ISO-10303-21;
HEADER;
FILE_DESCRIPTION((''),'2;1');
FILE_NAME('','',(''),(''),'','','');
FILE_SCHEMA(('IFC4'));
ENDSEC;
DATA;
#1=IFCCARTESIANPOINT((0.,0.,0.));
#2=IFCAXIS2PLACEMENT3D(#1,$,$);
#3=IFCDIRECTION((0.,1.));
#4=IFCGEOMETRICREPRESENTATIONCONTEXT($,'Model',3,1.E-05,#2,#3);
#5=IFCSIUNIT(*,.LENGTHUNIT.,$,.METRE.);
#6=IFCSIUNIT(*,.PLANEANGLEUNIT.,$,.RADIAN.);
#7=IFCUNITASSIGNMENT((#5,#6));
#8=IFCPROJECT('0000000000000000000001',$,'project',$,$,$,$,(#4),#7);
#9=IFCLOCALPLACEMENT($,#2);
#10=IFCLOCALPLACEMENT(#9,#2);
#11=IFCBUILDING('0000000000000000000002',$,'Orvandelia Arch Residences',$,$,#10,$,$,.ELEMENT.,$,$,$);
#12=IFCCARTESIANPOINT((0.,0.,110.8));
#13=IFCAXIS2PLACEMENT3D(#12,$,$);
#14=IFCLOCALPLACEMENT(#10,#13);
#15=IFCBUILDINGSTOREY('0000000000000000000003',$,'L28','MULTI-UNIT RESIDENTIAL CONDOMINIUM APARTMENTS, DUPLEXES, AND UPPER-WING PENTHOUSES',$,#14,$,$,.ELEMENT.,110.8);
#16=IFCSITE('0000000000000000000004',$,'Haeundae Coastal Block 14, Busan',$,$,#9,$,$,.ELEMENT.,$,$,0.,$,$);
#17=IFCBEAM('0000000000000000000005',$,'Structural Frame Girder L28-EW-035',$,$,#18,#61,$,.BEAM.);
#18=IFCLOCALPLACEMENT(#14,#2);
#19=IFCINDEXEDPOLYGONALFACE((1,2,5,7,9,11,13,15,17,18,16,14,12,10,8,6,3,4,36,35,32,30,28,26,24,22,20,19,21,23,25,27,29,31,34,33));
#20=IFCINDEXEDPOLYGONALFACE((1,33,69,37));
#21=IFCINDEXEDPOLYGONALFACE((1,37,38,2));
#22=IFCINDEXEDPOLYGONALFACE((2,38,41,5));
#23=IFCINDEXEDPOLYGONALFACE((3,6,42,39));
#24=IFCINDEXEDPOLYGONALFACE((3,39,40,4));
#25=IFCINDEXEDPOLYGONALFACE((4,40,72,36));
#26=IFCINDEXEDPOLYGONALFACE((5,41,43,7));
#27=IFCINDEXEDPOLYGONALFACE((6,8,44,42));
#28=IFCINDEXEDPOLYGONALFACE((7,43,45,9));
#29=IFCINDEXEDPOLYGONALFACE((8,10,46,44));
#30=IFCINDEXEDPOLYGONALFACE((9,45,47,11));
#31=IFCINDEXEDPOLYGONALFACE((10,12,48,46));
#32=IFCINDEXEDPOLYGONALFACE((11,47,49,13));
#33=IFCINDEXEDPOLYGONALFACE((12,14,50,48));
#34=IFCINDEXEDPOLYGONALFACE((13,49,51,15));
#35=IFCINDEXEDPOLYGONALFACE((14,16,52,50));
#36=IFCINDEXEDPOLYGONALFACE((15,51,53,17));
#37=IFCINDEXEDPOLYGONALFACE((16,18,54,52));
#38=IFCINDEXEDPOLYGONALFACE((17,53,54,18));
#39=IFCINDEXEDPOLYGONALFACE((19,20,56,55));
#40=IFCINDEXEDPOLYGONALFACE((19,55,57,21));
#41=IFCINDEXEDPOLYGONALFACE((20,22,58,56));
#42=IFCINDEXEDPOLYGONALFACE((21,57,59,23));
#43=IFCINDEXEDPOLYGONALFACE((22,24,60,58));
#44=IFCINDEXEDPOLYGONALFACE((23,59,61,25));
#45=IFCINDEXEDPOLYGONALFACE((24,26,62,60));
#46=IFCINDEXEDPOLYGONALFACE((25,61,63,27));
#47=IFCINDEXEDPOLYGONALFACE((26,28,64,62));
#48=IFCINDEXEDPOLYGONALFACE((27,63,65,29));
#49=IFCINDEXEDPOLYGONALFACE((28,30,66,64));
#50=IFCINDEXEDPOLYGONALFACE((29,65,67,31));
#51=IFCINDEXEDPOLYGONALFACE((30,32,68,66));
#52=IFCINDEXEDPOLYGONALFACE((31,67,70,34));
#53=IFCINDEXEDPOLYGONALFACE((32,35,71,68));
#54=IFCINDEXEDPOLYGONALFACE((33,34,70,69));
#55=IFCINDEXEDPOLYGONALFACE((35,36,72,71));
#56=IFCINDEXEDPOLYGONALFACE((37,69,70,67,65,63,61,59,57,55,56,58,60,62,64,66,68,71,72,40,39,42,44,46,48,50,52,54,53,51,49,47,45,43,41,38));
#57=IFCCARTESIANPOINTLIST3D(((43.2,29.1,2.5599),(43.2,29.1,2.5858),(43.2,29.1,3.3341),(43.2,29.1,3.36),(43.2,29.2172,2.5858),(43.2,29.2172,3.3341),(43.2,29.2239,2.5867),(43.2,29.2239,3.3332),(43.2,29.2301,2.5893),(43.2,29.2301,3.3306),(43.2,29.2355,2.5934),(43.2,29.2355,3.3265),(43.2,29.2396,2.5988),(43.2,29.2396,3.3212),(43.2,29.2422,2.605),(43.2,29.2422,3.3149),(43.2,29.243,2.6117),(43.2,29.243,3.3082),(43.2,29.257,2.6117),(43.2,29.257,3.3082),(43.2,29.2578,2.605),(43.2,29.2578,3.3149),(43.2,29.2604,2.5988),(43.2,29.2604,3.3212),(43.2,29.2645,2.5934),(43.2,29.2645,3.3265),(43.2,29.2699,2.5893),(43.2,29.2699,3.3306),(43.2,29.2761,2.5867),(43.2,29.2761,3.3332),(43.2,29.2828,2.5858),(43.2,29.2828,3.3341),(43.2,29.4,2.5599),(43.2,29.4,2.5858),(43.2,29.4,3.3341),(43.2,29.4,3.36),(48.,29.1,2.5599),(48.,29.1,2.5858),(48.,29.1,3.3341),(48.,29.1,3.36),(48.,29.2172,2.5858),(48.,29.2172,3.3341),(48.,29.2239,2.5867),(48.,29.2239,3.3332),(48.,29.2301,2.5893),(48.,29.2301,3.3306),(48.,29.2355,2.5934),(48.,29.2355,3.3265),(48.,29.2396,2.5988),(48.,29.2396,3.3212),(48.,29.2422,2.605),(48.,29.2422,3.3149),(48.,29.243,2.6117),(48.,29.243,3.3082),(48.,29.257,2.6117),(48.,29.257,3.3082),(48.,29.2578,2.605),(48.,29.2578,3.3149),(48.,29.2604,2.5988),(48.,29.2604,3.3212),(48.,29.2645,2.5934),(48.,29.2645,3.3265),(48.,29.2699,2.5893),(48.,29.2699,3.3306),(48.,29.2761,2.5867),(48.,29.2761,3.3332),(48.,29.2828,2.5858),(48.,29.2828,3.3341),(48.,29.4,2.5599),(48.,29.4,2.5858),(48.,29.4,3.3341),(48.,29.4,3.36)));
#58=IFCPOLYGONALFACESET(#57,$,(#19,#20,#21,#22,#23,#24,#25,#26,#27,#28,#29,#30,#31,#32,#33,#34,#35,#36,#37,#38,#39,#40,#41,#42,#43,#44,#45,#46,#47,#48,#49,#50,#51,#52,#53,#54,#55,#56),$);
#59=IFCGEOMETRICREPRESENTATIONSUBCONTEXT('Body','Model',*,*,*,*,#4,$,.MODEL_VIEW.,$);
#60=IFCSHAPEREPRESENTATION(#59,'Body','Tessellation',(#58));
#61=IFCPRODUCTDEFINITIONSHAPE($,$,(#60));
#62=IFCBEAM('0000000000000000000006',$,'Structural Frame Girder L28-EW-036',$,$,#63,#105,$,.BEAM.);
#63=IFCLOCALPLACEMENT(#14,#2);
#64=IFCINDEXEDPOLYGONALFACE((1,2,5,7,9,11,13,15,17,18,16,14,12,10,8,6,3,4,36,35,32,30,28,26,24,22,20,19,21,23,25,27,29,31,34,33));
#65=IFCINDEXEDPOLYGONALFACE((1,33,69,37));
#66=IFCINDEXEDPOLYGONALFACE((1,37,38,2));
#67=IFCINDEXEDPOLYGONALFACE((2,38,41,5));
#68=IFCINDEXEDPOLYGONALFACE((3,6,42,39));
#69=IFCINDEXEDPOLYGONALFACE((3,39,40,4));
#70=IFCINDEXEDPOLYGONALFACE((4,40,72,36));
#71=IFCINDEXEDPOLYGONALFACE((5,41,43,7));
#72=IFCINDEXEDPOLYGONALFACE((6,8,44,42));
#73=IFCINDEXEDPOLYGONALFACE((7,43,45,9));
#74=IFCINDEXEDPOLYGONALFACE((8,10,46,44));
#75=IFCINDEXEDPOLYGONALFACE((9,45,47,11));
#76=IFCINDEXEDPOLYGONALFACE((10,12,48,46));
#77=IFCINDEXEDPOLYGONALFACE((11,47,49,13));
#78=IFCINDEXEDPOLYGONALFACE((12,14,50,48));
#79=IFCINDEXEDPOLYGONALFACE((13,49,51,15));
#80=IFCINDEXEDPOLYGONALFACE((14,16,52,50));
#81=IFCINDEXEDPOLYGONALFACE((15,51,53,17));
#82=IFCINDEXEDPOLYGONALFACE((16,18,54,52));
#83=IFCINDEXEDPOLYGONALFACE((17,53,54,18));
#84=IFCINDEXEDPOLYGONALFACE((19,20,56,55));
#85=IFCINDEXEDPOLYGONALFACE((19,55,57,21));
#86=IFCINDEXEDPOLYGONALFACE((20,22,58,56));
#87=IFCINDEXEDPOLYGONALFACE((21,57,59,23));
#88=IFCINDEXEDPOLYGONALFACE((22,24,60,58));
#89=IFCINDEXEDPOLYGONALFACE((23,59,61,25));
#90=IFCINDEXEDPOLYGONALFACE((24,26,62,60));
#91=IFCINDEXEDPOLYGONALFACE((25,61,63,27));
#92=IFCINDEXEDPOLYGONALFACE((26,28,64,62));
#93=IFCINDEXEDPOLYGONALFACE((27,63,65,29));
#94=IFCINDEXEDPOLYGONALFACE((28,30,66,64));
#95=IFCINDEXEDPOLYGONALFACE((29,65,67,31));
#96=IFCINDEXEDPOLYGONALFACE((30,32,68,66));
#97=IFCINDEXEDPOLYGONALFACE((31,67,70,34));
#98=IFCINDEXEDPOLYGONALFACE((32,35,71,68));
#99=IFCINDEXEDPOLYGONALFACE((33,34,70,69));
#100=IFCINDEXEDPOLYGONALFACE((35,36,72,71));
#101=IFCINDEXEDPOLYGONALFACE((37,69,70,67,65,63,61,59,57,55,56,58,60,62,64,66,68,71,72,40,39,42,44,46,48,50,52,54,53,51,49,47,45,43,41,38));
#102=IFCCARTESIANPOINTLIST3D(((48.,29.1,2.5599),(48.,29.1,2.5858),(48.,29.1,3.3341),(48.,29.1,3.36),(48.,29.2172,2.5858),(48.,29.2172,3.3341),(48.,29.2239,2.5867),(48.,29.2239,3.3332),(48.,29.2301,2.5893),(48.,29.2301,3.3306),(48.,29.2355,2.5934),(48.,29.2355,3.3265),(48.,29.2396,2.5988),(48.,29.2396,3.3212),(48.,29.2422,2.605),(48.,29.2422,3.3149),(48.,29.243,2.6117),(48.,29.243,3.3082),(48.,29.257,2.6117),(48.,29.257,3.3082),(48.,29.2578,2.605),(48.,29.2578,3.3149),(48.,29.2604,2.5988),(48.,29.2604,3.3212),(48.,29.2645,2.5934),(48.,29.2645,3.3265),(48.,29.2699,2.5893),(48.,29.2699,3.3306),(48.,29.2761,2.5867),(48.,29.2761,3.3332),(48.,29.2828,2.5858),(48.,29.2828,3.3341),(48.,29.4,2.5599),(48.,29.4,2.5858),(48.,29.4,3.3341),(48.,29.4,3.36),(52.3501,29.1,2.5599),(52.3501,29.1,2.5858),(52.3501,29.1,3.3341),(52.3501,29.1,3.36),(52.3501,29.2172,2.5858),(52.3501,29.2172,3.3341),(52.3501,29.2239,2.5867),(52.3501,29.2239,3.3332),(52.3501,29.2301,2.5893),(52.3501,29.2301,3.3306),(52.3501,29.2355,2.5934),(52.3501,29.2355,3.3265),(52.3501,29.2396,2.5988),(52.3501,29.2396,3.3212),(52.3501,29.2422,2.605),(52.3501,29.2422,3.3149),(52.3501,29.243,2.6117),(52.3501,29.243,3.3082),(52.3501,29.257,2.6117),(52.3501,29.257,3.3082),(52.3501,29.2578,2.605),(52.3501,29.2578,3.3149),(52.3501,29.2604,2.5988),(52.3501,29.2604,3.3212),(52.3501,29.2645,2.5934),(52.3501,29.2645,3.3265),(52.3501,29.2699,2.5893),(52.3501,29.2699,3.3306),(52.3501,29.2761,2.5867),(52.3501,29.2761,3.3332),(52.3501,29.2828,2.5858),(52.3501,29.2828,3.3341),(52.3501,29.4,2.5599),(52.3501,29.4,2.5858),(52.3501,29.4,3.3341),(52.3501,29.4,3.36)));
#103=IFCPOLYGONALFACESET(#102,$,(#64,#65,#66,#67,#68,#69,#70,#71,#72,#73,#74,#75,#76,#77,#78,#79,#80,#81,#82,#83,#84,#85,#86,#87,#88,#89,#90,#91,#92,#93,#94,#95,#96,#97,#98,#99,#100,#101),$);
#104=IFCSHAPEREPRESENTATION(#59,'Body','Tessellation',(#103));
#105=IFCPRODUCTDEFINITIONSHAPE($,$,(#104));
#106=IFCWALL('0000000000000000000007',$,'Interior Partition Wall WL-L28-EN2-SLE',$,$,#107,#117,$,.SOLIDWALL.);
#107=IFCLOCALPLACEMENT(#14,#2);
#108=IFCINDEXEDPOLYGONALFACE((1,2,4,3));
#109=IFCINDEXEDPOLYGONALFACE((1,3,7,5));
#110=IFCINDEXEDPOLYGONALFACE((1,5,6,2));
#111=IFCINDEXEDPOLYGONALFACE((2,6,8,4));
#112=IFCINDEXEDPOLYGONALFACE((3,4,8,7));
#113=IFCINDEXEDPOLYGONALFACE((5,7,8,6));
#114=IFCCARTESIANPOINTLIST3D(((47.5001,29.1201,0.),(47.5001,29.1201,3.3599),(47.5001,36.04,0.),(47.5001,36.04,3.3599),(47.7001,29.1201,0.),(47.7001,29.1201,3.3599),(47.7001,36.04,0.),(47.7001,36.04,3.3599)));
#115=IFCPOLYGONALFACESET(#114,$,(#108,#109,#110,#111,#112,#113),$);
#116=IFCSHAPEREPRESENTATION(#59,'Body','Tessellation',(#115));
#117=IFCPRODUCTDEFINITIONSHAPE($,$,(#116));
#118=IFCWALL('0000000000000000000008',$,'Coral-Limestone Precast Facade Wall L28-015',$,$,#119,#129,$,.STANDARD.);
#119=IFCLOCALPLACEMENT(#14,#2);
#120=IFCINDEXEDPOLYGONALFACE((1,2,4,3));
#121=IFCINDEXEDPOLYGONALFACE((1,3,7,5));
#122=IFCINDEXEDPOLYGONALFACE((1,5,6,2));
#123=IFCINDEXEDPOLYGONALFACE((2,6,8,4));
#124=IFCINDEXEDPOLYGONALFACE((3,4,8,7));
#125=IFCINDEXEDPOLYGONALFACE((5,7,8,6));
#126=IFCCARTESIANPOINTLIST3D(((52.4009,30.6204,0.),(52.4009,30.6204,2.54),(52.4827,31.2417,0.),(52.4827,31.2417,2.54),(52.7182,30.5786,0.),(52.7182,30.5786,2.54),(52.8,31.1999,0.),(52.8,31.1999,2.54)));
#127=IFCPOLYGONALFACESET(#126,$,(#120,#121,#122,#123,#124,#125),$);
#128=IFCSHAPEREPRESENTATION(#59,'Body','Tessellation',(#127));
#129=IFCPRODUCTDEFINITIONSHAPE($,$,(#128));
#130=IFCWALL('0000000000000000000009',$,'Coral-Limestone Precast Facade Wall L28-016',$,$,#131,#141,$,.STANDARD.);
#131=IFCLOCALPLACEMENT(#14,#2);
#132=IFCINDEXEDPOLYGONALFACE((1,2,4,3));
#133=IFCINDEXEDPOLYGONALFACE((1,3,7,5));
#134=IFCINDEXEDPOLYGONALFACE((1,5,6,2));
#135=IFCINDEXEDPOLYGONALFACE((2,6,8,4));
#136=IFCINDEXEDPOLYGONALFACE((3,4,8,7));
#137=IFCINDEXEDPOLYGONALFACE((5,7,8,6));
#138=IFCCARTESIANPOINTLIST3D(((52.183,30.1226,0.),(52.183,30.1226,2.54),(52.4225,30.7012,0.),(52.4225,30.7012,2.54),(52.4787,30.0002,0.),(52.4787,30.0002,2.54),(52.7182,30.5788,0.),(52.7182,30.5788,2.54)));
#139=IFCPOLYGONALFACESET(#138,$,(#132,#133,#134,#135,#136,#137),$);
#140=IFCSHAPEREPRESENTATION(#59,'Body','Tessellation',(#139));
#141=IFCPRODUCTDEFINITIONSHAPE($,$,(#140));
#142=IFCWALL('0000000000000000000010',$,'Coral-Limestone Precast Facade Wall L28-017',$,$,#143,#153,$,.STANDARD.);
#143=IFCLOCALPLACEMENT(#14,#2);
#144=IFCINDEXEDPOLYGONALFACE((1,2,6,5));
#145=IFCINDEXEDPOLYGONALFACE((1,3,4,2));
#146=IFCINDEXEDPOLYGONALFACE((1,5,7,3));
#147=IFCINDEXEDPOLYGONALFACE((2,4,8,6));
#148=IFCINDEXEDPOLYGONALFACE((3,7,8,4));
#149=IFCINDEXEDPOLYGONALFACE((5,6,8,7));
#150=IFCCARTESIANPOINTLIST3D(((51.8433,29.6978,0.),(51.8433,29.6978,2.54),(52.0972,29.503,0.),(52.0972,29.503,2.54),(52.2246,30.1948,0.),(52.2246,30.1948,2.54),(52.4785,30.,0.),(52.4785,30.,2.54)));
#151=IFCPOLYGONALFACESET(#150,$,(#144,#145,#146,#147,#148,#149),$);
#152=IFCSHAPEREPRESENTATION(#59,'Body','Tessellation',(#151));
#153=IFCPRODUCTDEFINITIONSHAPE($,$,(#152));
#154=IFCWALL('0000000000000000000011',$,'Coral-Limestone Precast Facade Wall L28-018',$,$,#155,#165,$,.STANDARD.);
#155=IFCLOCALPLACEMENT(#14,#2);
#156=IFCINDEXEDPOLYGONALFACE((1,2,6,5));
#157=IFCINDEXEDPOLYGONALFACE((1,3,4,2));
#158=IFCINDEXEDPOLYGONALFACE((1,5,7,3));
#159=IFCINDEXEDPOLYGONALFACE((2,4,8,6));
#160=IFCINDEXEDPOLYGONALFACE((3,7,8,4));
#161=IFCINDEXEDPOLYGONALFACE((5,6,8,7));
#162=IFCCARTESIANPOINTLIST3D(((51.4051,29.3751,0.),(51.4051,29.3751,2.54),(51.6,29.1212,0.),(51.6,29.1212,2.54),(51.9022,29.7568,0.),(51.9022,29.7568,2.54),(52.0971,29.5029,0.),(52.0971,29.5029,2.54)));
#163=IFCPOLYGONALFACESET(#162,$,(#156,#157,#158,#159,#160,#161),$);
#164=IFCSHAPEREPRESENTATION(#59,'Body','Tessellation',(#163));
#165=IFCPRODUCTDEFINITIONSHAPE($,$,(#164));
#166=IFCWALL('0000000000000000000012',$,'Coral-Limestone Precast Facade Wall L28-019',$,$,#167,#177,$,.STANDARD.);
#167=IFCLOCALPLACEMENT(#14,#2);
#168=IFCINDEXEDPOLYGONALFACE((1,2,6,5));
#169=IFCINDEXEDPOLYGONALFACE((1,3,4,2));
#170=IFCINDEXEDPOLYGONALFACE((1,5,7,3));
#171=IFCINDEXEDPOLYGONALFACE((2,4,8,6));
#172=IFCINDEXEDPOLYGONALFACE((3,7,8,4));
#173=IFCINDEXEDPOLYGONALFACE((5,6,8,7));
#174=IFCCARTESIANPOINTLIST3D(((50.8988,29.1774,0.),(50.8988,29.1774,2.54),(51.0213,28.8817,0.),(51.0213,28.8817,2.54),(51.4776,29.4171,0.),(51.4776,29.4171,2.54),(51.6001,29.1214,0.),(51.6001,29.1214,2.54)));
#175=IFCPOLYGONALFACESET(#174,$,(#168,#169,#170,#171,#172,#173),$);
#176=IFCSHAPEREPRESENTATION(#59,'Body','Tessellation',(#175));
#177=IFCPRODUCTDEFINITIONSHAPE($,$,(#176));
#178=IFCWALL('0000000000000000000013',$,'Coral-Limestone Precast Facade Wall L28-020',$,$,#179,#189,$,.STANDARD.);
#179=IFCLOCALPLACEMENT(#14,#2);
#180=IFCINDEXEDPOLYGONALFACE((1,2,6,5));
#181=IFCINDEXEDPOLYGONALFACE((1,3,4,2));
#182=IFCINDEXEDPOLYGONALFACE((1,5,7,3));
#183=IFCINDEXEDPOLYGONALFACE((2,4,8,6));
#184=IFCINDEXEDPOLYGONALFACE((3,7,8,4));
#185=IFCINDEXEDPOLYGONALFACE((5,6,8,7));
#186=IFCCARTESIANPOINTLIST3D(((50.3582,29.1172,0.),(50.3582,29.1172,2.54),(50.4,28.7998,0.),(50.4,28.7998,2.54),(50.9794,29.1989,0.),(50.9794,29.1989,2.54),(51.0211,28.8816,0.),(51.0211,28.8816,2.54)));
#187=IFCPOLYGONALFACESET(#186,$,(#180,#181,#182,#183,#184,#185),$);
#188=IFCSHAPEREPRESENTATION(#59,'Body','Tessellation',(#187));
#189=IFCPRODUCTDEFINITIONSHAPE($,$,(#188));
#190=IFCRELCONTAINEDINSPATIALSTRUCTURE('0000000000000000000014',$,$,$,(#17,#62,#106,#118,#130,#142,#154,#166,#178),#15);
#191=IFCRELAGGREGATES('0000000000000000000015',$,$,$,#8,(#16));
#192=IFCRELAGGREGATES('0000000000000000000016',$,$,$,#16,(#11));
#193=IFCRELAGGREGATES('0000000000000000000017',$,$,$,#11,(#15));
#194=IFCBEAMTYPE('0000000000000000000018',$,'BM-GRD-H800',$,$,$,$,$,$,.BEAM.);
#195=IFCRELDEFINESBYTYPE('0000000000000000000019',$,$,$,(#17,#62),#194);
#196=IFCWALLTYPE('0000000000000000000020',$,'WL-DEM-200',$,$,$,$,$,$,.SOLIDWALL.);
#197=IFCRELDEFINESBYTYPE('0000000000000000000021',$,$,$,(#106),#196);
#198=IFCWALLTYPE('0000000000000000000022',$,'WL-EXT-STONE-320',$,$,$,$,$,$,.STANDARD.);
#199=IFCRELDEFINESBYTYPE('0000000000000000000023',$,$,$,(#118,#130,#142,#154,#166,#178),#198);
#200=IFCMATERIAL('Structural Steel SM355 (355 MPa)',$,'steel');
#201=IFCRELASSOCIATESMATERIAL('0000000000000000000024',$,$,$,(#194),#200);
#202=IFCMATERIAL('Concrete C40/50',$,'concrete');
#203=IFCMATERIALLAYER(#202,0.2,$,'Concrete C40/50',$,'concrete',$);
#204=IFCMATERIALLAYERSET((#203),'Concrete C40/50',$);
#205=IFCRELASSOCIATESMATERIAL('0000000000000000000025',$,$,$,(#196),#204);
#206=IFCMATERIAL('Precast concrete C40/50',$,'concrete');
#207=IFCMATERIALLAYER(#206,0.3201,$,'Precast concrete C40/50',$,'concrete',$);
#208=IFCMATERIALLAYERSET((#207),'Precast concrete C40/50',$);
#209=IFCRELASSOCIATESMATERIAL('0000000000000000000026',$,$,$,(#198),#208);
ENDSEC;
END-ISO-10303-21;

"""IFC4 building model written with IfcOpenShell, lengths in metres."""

from ifc_helpers import new_model, si_unit, direction, frame, frame_2d, origin, origin_2d, place, context, subcontext, project, spatial, rectangle, i_section, extrude, material, layer, layer_set, material_profile, profile_set, type_object, element, save


model = new_model("IFC4")

# Units and contexts
model_context = context("Model", 3, precision=1e-05, world=origin(), true_north=direction((0.0, 1.0)))
body_context = subcontext(model_context, "Body", "Model", "MODEL_VIEW")
ifc_project = project(units=[si_unit("LENGTHUNIT", "METRE"), si_unit("PLANEANGLEUNIT", "RADIAN")], contexts=[model_context])

# Site, building, storey
site_placement = place(None, origin())
site = spatial("IfcSite", under=ifc_project, at=site_placement, Name="Haeundae Coastal Block 14, Busan", CompositionType="ELEMENT", RefElevation=0.0)
building_placement = place(site_placement, origin())
building = spatial("IfcBuilding", under=site, at=building_placement, Name="Orvandelia Arch Residences", CompositionType="ELEMENT")
storey_placement = place(building_placement, frame((0.0, 0.0, 110.8)))
storey = spatial("IfcBuildingStorey", under=building, at=storey_placement, Name="L28", Description="MULTI-UNIT RESIDENTIAL CONDOMINIUM APARTMENTS, DUPLEXES, AND UPPER-WING PENTHOUSES", CompositionType="ELEMENT", Elevation=110.8)

# Beams
ifc_material_1 = material(Name="Structural Steel SM355 (355 MPa)", Category="steel")
ifc_material_profile_1 = material_profile(ifc_material_1, i_section(OverallWidth=0.3, OverallDepth=0.8, WebThickness=0.0139, FlangeThickness=0.0259, FilletRadius=0.0259, at=origin_2d()), Name="Structural Steel SM355 (355 MPa)", Category="steel")
ifc_profile_set_1 = profile_set([ifc_material_profile_1], Name="Structural Steel SM355 (355 MPa)")
beam_type = type_object("IfcBeamType", Name="BM-GRD-H800", PredefinedType="BEAM", material=ifc_profile_set_1)
beam_1_placement = place(storey_placement, frame((43.2, 29.25, 2.96), z_axis=(1.0, 0.0, 0.0), x_axis=(0.0, 1.0, 0.0)))
element("IfcBeam", 1, at=beam_1_placement, inside=storey, type_object=beam_type, Name="Structural Frame Girder L28-EW-035", PredefinedType="BEAM", context=body_context, shape_type="SweptSolid", body=[
    extrude(i_section(OverallWidth=0.3, OverallDepth=0.8, WebThickness=0.0139, FlangeThickness=0.0259, FilletRadius=0.0259, at=origin_2d()), origin(), (0.0, 0.0, 1.0), 4.8),
])
beam_2_placement = place(storey_placement, frame((48.0, 29.25, 2.96), z_axis=(1.0, 0.0, 0.0), x_axis=(0.0, 1.0, 0.0)))
element("IfcBeam", 2, at=beam_2_placement, inside=storey, type_object=beam_type, Name="Structural Frame Girder L28-EW-036", PredefinedType="BEAM", context=body_context, shape_type="SweptSolid", body=[
    extrude(i_section(OverallWidth=0.3, OverallDepth=0.8, WebThickness=0.0139, FlangeThickness=0.0259, FilletRadius=0.0259, at=origin_2d()), origin(), (0.0, 0.0, 1.0), 4.3501),
])

# Walls
ifc_material_2 = material(Name="Concrete C40/50", Category="concrete")
ifc_layer_1 = layer(ifc_material_2, 0.2, Name="Concrete C40/50", Category="concrete")
ifc_layer_set_1 = layer_set([ifc_layer_1], Name="Concrete C40/50")
wall_type_1 = type_object("IfcWallType", Name="WL-DEM-200", PredefinedType="SOLIDWALL", material=ifc_layer_set_1)
wall_1_placement = place(storey_placement, frame((47.6001, 29.1201, 0.0), z_axis=(0.0, 0.0, 1.0), x_axis=(0.0, 1.0, 0.0)))
element("IfcWall", 3, at=wall_1_placement, inside=storey, type_object=wall_type_1, Name="Interior Partition Wall WL-L28-EN2-SLE", PredefinedType="SOLIDWALL", context=body_context, shape_type="SweptSolid", body=[
    extrude(rectangle(XDim=6.9199, YDim=0.2, at=frame_2d((3.46, 0.0))), origin(), (0.0, 0.0, 1.0), 3.3599),
])
ifc_material_3 = material(Name="Precast concrete C40/50", Category="concrete")
ifc_layer_2 = layer(ifc_material_3, 0.3201, Name="Precast concrete C40/50", Category="concrete")
ifc_layer_set_2 = layer_set([ifc_layer_2], Name="Precast concrete C40/50")
wall_type_2 = type_object("IfcWallType", Name="WL-EXT-STONE-320", PredefinedType="STANDARD", material=ifc_layer_set_2)
wall_2_placement = place(storey_placement, frame((52.6414, 31.2209, 0.0), z_axis=(0.0, 0.0, 1.0), x_axis=(-0.130505, -0.991448, 0.0)))
element("IfcWall", 4, at=wall_2_placement, inside=storey, type_object=wall_type_2, Name="Coral-Limestone Precast Facade Wall L28-015", PredefinedType="STANDARD", context=body_context, shape_type="SweptSolid", body=[
    extrude(rectangle(XDim=0.6267, YDim=0.3201, at=frame_2d((0.3135, 0.0))), origin(), (0.0, 0.0, 1.0), 2.54),
])
wall_3_placement = place(storey_placement, frame((52.5703, 30.6399, 0.0), z_axis=(0.0, 0.0, 1.0), x_axis=(-0.382455, -0.923974, 0.0)))
element("IfcWall", 5, at=wall_3_placement, inside=storey, type_object=wall_type_2, Name="Coral-Limestone Precast Facade Wall L28-016", PredefinedType="STANDARD", context=body_context, shape_type="SweptSolid", body=[
    extrude(rectangle(XDim=0.6262, YDim=0.3201, at=frame_2d((0.313, 0.0))), origin(), (0.0, 0.0, 1.0), 2.54),
])
wall_4_placement = place(storey_placement, frame((52.3516, 30.0974, 0.0), z_axis=(0.0, 0.0, 1.0), x_axis=(-0.608693, -0.793406, 0.0)))
element("IfcWall", 6, at=wall_4_placement, inside=storey, type_object=wall_type_2, Name="Coral-Limestone Precast Facade Wall L28-017", PredefinedType="STANDARD", context=body_context, shape_type="SweptSolid", body=[
    extrude(rectangle(XDim=0.6265, YDim=0.3201, at=frame_2d((0.3132, 0.0))), origin(), (0.0, 0.0, 1.0), 2.54),
])
wall_5_placement = place(storey_placement, frame((51.9998, 29.6299, 0.0), z_axis=(0.0, 0.0, 1.0), x_axis=(-0.793217, -0.608939, 0.0)))
element("IfcWall", 7, at=wall_5_placement, inside=storey, type_object=wall_type_2, Name="Coral-Limestone Precast Facade Wall L28-018", PredefinedType="STANDARD", context=body_context, shape_type="SweptSolid", body=[
    extrude(rectangle(XDim=0.6267, YDim=0.3201, at=frame_2d((0.3135, 0.0))), origin(), (0.0, 0.0, 1.0), 2.54),
])
for number, where, z_axis, x_axis, name in (
    (8, (51.5388, 29.2693, 0.0), (0.0, 0.0, 1.0), (-0.923893, -0.38265, 0.0), "Coral-Limestone Precast Facade Wall L28-019"),
    (9, (51.0002, 29.0403, 0.0), (0.0, 0.0, 1.0), (-0.991441, -0.130555, 0.0), "Coral-Limestone Precast Facade Wall L28-020"),
):
    element("IfcWall", number, at=place(storey_placement, frame(where, z_axis=z_axis, x_axis=x_axis)), inside=storey, type_object=wall_type_2, Name=name, PredefinedType="STANDARD", context=body_context, shape_type="SweptSolid", body=[
        extrude(rectangle(XDim=0.6265, YDim=0.3201, at=frame_2d((0.3132, 0.0))), origin(), (0.0, 0.0, 1.0), 2.54),
    ])

save(model, "model.ifc")
